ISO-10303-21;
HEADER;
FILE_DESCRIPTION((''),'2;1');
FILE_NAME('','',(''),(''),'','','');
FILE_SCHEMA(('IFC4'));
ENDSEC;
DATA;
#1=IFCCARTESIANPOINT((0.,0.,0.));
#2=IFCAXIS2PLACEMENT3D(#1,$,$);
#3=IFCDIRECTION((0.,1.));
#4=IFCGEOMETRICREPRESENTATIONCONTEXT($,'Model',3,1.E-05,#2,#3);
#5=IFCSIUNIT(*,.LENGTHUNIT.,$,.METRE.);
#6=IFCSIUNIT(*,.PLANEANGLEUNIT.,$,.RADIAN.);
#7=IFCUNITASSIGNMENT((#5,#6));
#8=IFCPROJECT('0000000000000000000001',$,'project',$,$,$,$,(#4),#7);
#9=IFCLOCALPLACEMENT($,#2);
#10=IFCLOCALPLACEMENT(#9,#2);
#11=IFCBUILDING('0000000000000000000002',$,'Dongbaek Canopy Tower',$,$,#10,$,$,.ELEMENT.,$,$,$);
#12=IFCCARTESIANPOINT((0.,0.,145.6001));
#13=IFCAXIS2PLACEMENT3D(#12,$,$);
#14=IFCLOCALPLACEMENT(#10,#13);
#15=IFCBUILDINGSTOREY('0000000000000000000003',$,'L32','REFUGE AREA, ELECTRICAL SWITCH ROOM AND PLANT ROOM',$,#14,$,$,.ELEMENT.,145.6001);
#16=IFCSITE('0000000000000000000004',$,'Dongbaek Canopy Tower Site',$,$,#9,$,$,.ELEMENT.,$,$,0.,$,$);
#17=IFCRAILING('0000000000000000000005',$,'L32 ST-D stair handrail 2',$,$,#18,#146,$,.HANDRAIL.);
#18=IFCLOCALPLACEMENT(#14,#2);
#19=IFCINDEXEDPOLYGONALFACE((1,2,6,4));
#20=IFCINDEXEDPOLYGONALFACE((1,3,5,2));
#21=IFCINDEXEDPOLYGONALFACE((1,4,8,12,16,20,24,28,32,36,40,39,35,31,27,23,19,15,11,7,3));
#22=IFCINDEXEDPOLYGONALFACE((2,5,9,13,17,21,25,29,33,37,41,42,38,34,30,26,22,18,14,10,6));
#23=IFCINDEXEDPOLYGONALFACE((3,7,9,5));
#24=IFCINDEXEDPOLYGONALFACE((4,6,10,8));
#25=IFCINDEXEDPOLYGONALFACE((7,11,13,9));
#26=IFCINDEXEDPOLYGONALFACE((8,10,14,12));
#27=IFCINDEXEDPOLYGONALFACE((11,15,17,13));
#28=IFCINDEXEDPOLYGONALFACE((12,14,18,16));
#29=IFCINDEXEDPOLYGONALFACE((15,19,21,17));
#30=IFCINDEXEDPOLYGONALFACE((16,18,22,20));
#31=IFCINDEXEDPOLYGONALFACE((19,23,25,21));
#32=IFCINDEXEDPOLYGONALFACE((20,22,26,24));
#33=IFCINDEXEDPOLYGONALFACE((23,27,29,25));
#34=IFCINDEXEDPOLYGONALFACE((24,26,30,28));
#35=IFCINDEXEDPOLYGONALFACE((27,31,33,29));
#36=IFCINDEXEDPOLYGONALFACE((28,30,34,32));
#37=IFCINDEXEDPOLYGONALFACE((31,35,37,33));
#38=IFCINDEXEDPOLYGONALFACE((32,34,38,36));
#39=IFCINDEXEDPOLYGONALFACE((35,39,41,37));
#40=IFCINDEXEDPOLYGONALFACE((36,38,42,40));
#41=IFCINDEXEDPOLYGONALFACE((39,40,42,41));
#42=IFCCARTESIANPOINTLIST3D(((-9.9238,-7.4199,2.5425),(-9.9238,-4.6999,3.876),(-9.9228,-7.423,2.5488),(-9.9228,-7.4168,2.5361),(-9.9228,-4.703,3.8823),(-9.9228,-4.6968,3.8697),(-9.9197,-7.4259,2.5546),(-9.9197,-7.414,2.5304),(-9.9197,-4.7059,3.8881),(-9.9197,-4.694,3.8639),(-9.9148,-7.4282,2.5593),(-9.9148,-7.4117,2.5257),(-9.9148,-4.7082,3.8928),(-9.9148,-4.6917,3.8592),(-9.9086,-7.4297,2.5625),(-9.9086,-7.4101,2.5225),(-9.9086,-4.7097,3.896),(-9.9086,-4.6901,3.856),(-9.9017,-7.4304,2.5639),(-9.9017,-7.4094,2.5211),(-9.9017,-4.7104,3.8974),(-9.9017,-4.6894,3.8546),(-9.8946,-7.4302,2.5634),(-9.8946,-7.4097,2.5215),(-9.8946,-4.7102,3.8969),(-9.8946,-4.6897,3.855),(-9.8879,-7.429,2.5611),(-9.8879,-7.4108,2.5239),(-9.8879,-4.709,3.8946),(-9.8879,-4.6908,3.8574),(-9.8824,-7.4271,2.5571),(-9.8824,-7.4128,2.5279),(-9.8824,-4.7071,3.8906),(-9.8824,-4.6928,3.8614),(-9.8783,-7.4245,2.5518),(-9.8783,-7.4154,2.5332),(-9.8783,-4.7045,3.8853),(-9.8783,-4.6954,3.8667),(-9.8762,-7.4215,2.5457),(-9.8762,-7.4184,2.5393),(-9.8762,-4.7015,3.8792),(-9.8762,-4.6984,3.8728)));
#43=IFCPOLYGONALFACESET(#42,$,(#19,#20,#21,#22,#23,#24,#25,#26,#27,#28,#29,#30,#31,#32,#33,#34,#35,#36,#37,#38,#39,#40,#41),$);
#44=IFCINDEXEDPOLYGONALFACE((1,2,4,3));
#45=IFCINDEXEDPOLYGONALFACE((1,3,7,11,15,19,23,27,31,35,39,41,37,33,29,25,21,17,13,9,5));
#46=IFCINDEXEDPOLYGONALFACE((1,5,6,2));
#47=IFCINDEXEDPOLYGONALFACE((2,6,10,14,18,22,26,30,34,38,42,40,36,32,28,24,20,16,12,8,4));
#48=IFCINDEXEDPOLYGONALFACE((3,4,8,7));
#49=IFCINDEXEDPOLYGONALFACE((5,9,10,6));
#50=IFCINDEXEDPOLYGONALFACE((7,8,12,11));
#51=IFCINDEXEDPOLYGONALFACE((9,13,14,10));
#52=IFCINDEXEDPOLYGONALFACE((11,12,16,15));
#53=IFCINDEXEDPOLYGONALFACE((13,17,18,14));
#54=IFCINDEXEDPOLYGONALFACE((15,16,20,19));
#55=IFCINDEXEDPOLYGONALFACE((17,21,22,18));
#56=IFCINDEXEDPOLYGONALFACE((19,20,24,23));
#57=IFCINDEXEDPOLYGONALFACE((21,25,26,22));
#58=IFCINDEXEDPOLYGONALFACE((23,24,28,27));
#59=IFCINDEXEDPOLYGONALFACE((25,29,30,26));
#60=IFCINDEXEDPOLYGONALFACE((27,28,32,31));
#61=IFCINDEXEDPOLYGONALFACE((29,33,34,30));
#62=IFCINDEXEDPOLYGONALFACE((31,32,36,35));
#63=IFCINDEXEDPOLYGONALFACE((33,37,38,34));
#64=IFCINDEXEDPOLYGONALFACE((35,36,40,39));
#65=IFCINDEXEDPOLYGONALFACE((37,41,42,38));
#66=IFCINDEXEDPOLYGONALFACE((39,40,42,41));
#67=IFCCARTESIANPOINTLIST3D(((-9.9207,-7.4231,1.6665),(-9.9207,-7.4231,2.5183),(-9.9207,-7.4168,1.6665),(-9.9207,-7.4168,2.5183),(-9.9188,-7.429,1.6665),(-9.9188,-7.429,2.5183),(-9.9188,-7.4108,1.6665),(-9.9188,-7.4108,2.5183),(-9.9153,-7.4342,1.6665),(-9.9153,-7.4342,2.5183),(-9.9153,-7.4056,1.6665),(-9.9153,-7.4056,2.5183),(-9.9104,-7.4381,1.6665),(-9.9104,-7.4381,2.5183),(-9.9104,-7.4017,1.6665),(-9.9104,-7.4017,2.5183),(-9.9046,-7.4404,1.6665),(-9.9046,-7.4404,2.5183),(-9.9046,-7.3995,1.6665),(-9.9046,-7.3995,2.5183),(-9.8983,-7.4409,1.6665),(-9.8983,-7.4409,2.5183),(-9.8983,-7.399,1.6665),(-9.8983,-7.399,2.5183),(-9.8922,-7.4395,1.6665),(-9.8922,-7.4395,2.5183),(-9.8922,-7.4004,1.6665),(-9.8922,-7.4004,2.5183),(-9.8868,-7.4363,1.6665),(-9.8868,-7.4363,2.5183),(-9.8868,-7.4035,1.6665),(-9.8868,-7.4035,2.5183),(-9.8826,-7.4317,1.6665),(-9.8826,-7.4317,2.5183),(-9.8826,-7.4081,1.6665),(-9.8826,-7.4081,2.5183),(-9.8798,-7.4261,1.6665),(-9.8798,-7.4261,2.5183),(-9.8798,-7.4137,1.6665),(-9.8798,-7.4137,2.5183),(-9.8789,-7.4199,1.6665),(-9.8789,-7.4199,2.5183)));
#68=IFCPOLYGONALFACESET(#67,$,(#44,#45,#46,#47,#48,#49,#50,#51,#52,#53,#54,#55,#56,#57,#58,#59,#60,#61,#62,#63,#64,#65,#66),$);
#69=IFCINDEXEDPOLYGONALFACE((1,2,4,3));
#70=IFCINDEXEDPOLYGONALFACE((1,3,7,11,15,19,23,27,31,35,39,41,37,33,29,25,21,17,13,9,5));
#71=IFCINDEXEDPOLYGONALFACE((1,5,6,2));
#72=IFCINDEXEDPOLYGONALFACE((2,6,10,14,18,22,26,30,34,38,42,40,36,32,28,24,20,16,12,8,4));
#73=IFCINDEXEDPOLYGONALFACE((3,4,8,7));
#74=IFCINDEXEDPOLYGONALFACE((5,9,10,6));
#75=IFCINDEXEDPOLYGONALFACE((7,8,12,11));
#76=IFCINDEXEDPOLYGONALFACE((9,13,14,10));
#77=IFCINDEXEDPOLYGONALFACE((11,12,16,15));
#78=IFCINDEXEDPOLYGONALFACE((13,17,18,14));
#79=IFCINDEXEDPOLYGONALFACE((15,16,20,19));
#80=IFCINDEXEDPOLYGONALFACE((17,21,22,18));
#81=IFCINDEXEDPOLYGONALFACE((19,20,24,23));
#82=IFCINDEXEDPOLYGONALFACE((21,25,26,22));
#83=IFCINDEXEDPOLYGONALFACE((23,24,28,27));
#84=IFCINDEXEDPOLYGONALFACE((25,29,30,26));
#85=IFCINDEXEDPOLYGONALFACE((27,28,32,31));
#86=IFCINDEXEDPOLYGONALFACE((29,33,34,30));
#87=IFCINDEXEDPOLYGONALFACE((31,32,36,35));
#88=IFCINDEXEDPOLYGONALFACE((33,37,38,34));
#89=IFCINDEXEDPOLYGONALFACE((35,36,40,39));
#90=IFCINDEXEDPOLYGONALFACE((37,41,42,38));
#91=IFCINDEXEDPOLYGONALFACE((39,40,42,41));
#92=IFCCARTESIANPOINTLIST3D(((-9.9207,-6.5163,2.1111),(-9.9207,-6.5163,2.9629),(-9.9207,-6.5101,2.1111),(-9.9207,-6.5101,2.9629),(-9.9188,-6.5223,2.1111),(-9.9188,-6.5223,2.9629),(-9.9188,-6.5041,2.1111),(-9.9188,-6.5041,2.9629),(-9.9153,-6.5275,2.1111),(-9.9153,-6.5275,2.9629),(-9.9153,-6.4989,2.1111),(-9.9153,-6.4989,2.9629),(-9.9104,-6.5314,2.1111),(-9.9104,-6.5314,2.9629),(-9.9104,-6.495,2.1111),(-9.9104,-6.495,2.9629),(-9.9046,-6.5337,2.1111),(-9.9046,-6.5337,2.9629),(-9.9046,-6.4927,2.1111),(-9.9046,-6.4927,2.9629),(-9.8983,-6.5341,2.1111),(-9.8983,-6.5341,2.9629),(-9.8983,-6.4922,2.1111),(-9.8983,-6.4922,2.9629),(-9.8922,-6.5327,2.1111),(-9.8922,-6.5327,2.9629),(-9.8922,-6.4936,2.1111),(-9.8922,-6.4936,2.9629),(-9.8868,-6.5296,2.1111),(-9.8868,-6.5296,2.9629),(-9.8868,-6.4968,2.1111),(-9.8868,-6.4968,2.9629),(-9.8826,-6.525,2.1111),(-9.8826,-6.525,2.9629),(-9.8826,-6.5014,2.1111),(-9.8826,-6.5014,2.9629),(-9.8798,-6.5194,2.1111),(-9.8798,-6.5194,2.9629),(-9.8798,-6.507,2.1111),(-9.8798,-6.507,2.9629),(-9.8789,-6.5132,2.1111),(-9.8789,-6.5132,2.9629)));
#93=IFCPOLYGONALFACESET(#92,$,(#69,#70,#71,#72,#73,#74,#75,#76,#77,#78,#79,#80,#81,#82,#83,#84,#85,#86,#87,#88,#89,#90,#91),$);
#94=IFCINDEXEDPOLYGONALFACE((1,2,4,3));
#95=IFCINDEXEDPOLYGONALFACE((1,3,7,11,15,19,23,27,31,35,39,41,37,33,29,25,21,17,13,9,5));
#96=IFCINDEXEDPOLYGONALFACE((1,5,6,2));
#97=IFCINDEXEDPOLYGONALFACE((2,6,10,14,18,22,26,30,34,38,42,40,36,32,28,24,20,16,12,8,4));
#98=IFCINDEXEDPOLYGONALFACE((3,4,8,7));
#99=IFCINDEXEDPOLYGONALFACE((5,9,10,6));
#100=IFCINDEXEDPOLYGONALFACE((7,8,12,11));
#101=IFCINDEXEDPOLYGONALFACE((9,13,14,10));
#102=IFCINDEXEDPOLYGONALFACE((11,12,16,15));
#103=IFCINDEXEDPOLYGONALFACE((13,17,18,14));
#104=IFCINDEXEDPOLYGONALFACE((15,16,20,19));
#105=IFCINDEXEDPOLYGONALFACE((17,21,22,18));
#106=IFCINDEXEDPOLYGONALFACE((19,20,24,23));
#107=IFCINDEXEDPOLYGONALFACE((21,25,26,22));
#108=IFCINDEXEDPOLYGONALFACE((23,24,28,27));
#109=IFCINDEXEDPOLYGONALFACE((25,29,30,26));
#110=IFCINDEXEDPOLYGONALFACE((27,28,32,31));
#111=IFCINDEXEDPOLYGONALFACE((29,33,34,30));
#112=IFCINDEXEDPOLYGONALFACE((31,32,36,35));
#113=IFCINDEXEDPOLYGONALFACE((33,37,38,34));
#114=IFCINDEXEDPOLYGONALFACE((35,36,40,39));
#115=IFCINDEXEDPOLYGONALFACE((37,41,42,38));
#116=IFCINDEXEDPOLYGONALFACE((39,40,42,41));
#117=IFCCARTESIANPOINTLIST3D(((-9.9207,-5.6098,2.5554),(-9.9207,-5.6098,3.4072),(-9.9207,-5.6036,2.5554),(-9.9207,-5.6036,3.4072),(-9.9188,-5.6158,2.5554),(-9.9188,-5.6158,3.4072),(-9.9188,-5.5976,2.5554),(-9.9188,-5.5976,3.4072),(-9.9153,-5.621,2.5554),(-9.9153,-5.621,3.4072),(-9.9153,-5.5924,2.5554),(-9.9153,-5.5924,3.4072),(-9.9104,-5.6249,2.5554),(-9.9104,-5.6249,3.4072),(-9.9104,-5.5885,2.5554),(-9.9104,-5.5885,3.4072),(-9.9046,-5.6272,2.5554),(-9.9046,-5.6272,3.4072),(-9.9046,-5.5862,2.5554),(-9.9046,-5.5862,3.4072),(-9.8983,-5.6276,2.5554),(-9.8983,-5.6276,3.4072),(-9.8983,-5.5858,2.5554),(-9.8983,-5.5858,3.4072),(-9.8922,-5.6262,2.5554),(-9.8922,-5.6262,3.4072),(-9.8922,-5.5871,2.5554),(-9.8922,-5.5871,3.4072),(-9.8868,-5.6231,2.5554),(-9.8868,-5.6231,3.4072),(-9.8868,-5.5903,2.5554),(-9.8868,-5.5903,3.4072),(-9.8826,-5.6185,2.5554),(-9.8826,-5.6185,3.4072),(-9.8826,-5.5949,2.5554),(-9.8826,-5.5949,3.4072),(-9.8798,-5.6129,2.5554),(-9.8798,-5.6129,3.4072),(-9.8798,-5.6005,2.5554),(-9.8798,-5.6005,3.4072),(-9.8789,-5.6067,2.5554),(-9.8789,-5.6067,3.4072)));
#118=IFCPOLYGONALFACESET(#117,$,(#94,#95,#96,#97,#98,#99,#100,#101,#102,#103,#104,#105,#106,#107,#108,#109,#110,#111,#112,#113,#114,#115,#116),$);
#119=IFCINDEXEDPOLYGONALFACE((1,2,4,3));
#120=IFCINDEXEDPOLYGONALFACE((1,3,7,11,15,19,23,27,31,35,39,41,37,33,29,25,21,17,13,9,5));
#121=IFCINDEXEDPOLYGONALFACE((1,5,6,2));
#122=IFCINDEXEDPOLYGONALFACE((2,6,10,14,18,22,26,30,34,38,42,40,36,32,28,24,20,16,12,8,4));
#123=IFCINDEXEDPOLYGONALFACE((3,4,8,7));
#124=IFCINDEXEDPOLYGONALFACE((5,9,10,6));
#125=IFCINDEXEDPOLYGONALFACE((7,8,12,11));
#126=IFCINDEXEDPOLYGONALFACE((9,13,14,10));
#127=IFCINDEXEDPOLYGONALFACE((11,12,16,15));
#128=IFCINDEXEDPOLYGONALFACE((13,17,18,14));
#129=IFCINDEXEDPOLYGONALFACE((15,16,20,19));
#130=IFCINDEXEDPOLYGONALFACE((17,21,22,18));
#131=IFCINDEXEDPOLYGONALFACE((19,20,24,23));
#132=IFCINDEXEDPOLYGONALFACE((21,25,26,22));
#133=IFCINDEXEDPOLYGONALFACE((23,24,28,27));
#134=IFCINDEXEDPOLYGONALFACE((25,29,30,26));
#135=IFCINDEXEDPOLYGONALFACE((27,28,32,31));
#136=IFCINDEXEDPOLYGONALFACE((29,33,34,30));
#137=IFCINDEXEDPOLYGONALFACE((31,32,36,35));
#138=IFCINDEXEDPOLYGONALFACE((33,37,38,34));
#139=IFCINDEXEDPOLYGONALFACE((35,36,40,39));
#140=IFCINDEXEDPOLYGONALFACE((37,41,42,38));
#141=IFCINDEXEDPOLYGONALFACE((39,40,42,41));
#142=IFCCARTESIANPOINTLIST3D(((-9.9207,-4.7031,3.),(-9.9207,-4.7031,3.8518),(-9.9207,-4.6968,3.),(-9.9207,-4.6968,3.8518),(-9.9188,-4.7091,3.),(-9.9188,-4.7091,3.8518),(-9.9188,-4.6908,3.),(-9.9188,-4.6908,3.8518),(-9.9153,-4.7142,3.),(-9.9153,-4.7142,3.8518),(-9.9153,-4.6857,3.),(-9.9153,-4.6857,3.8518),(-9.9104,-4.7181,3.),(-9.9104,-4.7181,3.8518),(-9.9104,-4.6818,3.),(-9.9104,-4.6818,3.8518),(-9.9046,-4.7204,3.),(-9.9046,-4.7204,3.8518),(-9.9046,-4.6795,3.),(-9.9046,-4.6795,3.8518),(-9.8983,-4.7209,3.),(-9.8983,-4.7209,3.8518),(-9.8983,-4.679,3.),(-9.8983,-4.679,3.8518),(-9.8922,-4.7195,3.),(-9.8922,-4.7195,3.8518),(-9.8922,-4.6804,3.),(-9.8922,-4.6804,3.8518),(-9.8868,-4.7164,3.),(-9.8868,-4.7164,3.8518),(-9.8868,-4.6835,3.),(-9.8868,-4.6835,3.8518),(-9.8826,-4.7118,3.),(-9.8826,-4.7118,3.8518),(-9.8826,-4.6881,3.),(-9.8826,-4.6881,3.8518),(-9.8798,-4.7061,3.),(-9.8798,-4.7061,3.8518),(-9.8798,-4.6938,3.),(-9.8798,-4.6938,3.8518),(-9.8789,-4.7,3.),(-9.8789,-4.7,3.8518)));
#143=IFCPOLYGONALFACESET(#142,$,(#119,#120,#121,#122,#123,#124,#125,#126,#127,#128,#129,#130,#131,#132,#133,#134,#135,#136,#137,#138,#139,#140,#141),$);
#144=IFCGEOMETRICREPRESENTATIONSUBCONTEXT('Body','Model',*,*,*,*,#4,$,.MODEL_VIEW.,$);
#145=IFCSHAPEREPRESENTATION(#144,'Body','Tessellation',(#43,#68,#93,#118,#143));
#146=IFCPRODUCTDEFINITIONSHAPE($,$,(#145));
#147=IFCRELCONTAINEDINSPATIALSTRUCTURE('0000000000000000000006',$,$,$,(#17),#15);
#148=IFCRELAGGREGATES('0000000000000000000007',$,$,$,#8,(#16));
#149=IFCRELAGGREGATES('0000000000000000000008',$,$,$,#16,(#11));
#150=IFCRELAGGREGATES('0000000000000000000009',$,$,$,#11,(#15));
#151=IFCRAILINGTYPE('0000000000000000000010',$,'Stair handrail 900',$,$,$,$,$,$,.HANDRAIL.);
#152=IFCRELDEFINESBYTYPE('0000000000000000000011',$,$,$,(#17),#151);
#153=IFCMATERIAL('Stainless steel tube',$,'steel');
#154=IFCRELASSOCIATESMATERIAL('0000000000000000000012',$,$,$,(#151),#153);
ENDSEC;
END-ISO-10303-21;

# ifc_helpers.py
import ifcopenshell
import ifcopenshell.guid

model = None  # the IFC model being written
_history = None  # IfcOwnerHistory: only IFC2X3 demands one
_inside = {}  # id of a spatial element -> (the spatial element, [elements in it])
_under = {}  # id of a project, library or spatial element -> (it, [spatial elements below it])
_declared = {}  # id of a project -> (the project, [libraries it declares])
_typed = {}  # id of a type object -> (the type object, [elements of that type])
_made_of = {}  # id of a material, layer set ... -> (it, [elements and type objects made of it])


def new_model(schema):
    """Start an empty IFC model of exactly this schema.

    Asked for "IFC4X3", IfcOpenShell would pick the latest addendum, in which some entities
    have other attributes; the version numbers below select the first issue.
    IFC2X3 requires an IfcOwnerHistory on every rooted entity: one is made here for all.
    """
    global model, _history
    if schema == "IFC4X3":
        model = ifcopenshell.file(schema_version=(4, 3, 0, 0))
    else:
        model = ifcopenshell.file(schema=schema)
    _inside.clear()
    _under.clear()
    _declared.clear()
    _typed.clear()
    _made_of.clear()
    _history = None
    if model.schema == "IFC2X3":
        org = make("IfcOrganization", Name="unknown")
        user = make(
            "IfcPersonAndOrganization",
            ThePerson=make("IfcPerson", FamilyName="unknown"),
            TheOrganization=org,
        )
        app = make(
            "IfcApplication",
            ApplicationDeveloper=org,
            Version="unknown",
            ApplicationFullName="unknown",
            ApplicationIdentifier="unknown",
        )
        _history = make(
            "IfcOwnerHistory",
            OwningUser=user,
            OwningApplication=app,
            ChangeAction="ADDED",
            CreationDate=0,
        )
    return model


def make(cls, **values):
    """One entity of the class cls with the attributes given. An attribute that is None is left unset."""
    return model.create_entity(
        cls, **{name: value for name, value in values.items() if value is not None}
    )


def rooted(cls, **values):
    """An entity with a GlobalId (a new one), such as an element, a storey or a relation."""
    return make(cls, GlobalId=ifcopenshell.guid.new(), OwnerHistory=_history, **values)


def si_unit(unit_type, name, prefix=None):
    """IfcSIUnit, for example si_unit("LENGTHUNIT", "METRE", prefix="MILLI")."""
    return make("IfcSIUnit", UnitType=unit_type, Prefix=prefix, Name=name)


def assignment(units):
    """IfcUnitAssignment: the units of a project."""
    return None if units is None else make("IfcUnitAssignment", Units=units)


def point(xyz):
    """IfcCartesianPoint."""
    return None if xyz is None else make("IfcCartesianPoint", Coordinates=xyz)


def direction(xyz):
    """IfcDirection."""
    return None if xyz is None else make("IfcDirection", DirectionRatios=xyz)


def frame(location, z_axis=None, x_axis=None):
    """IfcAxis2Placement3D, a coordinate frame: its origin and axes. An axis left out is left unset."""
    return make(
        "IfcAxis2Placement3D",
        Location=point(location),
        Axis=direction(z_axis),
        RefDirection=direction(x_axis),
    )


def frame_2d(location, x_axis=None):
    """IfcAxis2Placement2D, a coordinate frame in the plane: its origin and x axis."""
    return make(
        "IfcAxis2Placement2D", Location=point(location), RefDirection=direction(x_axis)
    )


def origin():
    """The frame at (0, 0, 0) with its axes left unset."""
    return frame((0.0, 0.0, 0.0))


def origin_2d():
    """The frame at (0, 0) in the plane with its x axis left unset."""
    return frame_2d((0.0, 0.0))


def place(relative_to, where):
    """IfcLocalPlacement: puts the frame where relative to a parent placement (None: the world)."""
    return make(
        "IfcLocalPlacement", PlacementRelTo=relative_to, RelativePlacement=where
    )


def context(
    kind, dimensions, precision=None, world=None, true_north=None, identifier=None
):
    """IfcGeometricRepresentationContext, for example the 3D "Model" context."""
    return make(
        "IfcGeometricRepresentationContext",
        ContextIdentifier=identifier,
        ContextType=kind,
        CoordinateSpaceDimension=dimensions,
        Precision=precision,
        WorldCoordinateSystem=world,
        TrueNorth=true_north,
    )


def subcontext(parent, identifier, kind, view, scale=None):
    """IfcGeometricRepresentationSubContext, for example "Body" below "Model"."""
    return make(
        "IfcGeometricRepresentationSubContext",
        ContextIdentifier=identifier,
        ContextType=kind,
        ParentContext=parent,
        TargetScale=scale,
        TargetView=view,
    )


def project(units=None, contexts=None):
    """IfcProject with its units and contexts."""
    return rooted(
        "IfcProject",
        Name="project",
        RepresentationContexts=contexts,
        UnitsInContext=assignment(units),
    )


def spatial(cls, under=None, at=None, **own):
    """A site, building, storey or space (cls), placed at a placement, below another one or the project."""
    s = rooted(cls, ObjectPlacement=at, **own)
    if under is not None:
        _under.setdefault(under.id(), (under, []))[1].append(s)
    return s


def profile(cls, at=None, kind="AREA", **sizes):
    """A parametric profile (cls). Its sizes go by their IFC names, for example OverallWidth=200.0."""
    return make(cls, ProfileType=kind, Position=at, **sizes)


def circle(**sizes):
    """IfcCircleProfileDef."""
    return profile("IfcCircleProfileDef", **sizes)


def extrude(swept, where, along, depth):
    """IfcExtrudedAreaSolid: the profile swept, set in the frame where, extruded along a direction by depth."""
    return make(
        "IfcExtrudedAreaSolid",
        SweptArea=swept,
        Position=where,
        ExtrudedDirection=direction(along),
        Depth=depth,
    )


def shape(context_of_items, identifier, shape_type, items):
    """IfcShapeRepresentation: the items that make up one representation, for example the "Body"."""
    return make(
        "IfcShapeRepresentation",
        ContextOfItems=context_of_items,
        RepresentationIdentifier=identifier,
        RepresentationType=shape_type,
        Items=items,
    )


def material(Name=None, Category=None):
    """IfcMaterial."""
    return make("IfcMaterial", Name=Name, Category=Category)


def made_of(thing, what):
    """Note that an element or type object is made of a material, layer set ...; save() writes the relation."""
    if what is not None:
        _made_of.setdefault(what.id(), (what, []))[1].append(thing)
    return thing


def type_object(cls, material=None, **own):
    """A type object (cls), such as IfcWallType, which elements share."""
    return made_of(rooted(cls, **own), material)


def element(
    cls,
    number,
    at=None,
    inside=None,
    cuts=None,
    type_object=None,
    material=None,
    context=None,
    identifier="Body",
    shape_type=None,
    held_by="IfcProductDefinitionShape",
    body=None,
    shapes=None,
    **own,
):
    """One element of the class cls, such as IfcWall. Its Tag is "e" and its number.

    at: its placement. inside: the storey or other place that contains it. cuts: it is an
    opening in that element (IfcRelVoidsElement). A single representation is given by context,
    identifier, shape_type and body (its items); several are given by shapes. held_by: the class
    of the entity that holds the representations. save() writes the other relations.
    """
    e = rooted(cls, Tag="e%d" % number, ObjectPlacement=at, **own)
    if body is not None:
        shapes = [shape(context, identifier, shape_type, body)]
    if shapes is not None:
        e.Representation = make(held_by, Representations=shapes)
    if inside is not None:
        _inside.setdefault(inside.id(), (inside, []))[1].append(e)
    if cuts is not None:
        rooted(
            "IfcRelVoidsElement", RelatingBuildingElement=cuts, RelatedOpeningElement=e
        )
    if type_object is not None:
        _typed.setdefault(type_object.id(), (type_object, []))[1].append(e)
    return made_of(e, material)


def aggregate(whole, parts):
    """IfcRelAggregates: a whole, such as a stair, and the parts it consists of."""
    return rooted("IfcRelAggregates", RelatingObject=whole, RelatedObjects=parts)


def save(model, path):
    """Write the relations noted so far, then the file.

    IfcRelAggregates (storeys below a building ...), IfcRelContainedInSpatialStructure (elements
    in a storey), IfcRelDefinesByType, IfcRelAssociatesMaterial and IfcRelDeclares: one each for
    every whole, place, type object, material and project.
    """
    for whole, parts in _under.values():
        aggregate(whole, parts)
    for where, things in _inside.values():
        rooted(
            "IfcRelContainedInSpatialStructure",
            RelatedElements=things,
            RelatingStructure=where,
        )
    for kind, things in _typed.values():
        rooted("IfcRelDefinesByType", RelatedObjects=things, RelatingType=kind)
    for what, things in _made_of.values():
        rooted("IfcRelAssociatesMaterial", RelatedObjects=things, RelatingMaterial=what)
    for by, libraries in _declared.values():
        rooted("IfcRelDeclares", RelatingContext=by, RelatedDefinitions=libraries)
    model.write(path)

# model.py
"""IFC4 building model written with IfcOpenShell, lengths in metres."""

from ifc_helpers import new_model, si_unit, direction, frame, origin, origin_2d, place, context, subcontext, project, spatial, circle, extrude, material, type_object, element, save


model = new_model("IFC4")

# Units and contexts
model_context = context("Model", 3, precision=1e-05, world=origin(), true_north=direction((0.0, 1.0)))
body_context = subcontext(model_context, "Body", "Model", "MODEL_VIEW")
ifc_project = project(units=[si_unit("LENGTHUNIT", "METRE"), si_unit("PLANEANGLEUNIT", "RADIAN")], contexts=[model_context])

# Site, building, storey
site_placement = place(None, origin())
site = spatial("IfcSite", under=ifc_project, at=site_placement, Name="Dongbaek Canopy Tower Site", CompositionType="ELEMENT", RefElevation=0.0)
building_placement = place(site_placement, origin())
building = spatial("IfcBuilding", under=site, at=building_placement, Name="Dongbaek Canopy Tower", CompositionType="ELEMENT")
storey_placement = place(building_placement, frame((0.0, 0.0, 145.6001)))
storey = spatial("IfcBuildingStorey", under=building, at=storey_placement, Name="L32", Description="REFUGE AREA, ELECTRICAL SWITCH ROOM AND PLANT ROOM", CompositionType="ELEMENT", Elevation=145.6001)

# Railing
ifc_material_1 = material(Name="Stainless steel tube", Category="steel")
railing_type_1 = type_object("IfcRailingType", Name="Stair handrail 900", PredefinedType="HANDRAIL", material=ifc_material_1)
railing_1_placement = place(storey_placement, frame((-9.8999, -7.4199, 1.6665)))
element("IfcRailing", 1, at=railing_1_placement, inside=storey, type_object=railing_type_1, Name="L32 ST-D stair handrail 2", PredefinedType="HANDRAIL", context=body_context, shape_type="SweptSolid", body=[
    extrude(circle(Radius=0.0239, at=origin_2d()), frame((0.0, 0.0, 0.876), z_axis=(0.0, 0.897898, 0.440204), x_axis=(-1.0, 0.0, 0.0)), (0.0, 0.0, 1.0), 3.0293),
    extrude(circle(Radius=0.021, at=origin_2d()), origin(), (0.0, 0.0, 1.0), 0.8518),
    extrude(circle(Radius=0.021, at=origin_2d()), frame((0.0, 0.9067, 0.4446)), (0.0, 0.0, 1.0), 0.8518),
    extrude(circle(Radius=0.021, at=origin_2d()), frame((0.0, 1.8132, 0.8889)), (0.0, 0.0, 1.0), 0.8518),
    extrude(circle(Radius=0.021, at=origin_2d()), frame((0.0, 2.72, 1.3335)), (0.0, 0.0, 1.0), 0.8518),
])

save(model, "model.ifc")
